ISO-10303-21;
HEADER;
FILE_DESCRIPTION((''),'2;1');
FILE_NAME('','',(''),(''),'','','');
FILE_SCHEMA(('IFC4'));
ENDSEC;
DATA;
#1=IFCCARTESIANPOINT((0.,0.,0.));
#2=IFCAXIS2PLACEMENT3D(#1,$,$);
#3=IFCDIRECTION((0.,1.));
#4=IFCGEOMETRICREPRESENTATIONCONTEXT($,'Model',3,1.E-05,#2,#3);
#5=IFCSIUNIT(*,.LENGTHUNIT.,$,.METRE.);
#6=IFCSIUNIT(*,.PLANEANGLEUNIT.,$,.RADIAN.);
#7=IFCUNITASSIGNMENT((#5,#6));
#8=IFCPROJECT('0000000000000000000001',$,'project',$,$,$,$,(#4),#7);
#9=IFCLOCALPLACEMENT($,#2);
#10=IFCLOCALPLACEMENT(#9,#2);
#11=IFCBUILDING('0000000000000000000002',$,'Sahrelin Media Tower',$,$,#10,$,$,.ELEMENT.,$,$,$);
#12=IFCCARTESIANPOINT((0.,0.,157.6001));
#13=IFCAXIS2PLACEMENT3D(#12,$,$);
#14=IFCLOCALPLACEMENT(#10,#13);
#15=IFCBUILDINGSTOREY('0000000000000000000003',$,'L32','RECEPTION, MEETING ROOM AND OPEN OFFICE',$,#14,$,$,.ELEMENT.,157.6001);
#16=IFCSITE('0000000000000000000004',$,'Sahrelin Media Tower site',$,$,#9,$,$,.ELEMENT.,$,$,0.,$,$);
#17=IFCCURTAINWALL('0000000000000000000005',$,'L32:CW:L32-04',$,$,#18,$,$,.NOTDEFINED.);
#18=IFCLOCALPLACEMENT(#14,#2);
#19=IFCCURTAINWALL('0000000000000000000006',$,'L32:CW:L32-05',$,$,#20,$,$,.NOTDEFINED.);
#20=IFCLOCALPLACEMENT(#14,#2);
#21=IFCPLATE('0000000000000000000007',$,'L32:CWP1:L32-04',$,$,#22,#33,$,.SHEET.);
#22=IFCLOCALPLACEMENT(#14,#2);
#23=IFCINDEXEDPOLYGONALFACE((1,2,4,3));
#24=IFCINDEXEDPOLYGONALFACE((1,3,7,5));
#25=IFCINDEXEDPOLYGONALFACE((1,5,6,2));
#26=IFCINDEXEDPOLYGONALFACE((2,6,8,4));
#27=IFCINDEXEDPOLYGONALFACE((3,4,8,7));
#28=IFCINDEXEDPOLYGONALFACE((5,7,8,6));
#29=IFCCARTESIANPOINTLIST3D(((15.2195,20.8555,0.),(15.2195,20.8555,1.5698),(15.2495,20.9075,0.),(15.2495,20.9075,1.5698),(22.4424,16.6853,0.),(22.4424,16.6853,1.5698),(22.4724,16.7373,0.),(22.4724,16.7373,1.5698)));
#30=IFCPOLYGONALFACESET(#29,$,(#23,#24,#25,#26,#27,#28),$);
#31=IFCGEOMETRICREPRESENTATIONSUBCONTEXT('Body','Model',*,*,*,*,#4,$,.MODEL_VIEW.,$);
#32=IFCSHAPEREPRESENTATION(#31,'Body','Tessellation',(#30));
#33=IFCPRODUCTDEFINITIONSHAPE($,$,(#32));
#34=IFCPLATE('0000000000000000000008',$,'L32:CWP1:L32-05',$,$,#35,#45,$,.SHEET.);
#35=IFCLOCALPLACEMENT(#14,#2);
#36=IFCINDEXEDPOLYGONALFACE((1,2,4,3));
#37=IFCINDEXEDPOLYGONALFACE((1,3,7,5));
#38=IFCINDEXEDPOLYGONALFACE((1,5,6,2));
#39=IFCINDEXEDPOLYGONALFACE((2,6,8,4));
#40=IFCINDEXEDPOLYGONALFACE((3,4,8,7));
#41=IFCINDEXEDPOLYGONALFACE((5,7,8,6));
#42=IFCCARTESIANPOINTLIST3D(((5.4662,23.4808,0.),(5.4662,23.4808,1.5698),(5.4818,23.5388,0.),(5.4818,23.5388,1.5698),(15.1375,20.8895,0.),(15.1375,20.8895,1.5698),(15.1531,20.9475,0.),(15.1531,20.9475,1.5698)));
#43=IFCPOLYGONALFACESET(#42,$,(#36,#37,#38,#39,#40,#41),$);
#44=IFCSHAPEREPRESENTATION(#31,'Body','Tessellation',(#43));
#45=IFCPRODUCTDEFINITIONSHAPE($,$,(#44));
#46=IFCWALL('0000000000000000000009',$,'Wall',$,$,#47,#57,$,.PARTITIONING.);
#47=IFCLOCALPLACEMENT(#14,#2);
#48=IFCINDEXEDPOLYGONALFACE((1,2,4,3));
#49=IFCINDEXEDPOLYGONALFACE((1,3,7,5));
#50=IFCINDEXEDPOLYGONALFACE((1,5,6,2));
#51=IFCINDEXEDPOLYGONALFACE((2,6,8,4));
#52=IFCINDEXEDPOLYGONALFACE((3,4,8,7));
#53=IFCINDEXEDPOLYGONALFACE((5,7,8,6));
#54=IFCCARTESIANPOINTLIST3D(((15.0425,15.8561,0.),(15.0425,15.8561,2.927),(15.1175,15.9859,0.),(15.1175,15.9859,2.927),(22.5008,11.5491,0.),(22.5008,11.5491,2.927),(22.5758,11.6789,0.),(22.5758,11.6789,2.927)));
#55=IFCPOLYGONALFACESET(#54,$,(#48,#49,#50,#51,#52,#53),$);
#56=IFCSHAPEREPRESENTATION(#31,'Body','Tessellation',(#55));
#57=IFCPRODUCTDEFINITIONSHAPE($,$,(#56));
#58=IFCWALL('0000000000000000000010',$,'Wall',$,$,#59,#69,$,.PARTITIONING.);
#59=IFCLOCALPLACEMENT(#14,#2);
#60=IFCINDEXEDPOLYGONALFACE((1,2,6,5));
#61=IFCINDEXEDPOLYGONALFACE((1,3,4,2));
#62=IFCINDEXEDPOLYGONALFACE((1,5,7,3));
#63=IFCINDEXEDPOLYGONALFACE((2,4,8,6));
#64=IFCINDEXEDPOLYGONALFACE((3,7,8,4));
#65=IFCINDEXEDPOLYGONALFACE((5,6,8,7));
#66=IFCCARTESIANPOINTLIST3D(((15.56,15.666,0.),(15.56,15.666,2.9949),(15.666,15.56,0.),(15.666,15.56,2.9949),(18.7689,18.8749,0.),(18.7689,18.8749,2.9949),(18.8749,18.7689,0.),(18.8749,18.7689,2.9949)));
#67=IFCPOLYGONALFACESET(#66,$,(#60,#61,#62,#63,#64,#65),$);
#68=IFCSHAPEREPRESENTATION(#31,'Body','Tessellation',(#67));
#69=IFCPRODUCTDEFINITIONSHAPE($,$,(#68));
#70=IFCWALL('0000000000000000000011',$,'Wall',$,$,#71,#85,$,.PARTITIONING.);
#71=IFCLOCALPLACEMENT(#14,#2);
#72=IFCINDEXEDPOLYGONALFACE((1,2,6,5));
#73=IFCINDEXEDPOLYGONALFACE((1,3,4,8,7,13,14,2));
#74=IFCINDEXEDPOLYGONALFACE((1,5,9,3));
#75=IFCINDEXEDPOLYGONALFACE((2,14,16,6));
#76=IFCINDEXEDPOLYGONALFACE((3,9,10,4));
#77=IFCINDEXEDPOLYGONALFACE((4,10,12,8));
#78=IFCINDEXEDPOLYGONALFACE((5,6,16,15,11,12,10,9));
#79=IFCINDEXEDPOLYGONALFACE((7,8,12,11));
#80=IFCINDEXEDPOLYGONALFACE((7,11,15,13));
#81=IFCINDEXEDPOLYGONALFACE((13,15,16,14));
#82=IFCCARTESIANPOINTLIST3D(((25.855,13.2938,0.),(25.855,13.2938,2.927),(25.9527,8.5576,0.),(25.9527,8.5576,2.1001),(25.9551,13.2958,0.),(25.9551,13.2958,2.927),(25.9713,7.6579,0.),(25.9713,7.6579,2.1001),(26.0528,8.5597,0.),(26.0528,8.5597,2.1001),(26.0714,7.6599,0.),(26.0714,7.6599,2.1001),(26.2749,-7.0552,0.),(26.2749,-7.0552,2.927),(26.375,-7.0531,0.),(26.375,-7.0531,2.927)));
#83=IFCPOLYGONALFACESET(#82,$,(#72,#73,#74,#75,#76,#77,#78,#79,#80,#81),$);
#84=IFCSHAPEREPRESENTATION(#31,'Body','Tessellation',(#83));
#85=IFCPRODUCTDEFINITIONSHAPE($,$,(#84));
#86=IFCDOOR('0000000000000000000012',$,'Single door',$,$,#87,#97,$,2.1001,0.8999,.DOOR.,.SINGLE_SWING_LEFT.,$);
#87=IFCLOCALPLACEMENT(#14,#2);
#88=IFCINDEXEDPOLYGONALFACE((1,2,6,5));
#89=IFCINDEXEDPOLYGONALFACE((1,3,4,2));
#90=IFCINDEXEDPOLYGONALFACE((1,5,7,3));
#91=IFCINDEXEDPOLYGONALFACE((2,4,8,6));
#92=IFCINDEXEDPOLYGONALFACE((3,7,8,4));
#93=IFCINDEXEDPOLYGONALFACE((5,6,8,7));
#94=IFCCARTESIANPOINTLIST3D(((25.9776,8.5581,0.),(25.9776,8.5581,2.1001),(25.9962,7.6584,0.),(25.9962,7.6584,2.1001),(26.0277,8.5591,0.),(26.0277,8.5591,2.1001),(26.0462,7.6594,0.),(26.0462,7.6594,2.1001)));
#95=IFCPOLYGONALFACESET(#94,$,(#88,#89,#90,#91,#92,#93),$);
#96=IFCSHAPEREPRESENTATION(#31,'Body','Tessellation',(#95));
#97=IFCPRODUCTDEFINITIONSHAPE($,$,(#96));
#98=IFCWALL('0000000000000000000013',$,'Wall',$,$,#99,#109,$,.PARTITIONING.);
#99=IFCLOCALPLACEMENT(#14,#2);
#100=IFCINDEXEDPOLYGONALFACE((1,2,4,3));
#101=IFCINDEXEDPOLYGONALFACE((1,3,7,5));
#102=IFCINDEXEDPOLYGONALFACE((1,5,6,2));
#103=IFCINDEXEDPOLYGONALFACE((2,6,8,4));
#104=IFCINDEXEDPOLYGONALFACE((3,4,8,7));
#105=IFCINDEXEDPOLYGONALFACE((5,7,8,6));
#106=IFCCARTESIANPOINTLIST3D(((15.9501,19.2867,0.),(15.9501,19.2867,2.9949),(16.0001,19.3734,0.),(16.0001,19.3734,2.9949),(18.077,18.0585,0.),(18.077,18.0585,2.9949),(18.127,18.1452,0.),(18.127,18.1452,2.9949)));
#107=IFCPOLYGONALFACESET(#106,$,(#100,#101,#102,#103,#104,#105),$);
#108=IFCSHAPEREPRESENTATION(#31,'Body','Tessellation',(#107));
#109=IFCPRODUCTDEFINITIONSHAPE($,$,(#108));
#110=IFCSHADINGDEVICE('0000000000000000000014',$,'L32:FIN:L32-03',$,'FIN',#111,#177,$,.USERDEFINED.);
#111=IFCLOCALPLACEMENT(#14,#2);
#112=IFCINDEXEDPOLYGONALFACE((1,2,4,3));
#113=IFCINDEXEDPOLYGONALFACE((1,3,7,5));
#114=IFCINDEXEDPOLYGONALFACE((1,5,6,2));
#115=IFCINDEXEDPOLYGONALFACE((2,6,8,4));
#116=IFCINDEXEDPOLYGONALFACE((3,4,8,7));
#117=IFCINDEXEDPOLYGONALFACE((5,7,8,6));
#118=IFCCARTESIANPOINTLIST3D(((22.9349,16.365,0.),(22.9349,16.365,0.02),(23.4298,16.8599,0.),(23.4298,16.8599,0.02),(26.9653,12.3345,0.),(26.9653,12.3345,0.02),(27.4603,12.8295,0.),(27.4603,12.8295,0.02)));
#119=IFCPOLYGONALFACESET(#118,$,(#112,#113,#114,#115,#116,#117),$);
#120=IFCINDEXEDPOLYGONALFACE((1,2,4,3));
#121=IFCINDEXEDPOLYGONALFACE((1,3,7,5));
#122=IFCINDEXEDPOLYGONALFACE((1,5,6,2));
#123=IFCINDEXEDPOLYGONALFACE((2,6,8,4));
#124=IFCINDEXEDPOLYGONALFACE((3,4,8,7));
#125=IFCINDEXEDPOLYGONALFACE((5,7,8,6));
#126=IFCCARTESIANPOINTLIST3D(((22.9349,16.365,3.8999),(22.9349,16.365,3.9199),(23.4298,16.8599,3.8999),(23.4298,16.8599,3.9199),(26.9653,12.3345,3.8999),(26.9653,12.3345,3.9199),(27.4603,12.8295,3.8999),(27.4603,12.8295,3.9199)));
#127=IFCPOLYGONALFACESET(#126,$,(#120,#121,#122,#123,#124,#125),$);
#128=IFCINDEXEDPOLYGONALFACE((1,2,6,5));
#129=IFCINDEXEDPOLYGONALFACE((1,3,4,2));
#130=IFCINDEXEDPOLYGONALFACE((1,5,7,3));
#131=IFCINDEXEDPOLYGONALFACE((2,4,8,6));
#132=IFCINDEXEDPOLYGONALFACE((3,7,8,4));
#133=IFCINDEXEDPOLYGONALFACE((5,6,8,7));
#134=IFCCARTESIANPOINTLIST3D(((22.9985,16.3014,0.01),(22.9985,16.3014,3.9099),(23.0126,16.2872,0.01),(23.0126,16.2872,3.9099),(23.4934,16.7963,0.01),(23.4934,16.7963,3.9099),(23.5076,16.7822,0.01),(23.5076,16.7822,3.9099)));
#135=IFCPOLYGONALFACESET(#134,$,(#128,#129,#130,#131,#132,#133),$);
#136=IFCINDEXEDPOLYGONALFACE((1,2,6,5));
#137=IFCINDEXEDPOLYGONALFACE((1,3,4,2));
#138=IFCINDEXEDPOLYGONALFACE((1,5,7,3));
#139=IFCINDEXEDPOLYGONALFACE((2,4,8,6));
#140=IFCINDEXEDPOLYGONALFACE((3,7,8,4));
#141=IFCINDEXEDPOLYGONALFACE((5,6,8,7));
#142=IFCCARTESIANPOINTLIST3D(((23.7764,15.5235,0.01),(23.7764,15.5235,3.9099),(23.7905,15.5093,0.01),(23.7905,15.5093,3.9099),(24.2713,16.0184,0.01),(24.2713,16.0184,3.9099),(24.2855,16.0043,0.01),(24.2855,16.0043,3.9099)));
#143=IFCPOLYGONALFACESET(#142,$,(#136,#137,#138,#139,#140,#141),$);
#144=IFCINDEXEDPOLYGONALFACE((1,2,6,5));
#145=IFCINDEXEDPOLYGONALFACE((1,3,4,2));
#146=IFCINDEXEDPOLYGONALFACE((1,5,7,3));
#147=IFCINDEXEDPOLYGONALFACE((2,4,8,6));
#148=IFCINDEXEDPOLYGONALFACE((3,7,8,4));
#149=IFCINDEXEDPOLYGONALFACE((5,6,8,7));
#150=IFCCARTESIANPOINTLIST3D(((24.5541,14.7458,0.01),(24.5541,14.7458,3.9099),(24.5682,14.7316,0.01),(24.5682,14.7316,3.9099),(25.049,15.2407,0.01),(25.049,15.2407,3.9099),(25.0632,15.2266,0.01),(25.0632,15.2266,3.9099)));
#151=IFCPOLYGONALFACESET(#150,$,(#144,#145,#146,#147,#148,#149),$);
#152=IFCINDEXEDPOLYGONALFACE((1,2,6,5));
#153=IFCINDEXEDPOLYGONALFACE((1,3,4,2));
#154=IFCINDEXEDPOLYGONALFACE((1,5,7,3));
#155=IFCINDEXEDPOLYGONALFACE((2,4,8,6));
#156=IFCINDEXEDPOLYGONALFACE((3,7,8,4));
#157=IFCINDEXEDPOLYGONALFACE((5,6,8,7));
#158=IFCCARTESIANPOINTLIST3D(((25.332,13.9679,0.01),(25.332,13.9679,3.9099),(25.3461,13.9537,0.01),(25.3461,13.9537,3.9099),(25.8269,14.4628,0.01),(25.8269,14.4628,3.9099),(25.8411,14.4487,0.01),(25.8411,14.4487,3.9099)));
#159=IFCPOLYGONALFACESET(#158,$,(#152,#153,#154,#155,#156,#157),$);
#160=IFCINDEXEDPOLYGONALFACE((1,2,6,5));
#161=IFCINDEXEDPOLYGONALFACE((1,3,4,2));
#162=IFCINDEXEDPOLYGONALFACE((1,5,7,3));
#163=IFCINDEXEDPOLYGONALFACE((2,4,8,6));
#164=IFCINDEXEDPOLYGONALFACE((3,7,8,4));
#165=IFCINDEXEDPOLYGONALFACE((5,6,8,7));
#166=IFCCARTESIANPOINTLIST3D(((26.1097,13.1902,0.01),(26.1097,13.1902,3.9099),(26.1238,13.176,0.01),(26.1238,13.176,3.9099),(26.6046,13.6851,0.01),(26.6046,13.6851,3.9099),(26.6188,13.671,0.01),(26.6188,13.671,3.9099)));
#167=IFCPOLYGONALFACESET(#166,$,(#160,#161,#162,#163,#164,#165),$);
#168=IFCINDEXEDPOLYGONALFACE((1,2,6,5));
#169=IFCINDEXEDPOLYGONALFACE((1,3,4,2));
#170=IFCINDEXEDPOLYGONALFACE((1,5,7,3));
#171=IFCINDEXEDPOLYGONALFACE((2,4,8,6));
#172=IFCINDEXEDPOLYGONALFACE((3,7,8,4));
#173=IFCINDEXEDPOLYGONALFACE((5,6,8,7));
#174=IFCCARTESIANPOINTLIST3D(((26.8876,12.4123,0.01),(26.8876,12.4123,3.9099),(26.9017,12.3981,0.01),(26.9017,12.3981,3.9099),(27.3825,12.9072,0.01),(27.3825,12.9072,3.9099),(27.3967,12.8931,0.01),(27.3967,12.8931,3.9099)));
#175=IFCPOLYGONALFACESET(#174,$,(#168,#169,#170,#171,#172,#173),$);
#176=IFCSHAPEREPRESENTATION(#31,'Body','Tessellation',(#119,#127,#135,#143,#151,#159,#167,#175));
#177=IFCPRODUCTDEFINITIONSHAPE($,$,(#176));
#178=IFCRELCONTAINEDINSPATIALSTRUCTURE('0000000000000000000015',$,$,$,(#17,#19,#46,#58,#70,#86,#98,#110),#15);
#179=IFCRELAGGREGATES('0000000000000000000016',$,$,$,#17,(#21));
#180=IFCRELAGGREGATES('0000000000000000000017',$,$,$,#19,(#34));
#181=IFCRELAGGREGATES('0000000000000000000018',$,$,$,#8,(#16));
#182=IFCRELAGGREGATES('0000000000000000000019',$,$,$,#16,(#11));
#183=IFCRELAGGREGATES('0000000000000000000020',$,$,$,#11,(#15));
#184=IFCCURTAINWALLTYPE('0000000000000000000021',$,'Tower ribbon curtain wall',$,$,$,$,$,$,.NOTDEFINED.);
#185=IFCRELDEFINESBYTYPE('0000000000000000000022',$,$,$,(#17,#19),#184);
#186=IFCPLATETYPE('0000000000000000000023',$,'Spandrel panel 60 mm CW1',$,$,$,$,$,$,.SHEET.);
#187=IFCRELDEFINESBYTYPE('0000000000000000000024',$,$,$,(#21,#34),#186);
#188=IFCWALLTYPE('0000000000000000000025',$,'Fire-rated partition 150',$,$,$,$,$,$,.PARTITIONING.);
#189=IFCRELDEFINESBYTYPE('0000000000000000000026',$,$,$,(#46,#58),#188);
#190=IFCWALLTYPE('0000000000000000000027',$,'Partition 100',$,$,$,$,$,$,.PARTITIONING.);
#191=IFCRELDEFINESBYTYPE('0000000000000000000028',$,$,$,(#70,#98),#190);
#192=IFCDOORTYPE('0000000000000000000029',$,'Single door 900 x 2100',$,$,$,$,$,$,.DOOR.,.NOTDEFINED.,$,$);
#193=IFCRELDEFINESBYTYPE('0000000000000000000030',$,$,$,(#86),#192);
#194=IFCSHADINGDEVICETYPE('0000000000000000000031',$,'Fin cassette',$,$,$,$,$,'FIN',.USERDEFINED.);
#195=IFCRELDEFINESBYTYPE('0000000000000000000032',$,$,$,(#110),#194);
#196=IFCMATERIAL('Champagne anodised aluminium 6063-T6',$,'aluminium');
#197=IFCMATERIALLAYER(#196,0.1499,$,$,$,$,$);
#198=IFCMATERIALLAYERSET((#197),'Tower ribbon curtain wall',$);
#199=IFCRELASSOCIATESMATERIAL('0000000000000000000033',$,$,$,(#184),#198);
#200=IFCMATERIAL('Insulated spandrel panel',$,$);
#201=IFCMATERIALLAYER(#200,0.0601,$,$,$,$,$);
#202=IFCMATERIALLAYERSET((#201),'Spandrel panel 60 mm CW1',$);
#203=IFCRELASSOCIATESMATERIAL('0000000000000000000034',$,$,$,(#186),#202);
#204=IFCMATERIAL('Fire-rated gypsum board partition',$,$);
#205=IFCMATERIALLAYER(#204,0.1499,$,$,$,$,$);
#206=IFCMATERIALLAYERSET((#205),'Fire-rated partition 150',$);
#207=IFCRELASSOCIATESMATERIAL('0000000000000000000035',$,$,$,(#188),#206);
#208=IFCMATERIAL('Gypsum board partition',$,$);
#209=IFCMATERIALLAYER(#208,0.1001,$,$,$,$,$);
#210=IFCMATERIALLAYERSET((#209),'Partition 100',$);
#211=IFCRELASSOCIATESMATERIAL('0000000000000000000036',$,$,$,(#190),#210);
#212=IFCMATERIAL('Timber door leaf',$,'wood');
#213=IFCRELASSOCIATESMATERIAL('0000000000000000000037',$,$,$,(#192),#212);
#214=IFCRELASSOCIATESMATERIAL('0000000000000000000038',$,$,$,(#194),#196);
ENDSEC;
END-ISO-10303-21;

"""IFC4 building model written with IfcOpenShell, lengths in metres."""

from ifc_helpers import new_model, si_unit, direction, frame, frame_2d, origin, origin_2d, place, context, subcontext, project, spatial, polyline, rectangle, outline, extrude, material, layer, layer_set, type_object, element, fill, aggregate, save


model = new_model("IFC4")

# Units and contexts
model_context = context("Model", 3, precision=1e-05, world=origin(), true_north=direction((0.0, 1.0)))
body_context = subcontext(model_context, "Body", "Model", "MODEL_VIEW")
ifc_project = project(units=[si_unit("LENGTHUNIT", "METRE"), si_unit("PLANEANGLEUNIT", "RADIAN")], contexts=[model_context])

# Site, building, storey
site_placement = place(None, origin())
site = spatial("IfcSite", under=ifc_project, at=site_placement, Name="Sahrelin Media Tower site", CompositionType="ELEMENT", RefElevation=0.0)
building_placement = place(site_placement, origin())
building = spatial("IfcBuilding", under=site, at=building_placement, Name="Sahrelin Media Tower", CompositionType="ELEMENT")
storey_placement = place(building_placement, frame((0.0, 0.0, 157.6001)))
storey = spatial("IfcBuildingStorey", under=building, at=storey_placement, Name="L32", Description="RECEPTION, MEETING ROOM AND OPEN OFFICE", CompositionType="ELEMENT", Elevation=157.6001)

# Curtain wall
ifc_material_1 = material(Name="Champagne anodised aluminium 6063-T6", Category="aluminium")
ifc_layer_1 = layer(ifc_material_1, 0.1499)
ifc_layer_set_1 = layer_set([ifc_layer_1], Name="Tower ribbon curtain wall")
curtain_wall_type = type_object("IfcCurtainWallType", Name="Tower ribbon curtain wall", PredefinedType="NOTDEFINED", material=ifc_layer_set_1)
curtain_wall_1_placement = place(storey_placement, frame((18.8511, 18.8049, 0.0), z_axis=(0.0, 0.0, 1.0), x_axis=(1.0, 0.0, 0.0)))
curtain_wall_1 = element("IfcCurtainWall", 1, at=curtain_wall_1_placement, inside=storey, type_object=curtain_wall_type, Name="L32:CW:L32-04", PredefinedType="NOTDEFINED")

# Curtain wall
curtain_wall_2_placement = place(storey_placement, frame((10.3123, 22.2236, 0.0), z_axis=(0.0, 0.0, 1.0), x_axis=(1.0, 0.0, 0.0)))
curtain_wall_2 = element("IfcCurtainWall", 2, at=curtain_wall_2_placement, inside=storey, type_object=curtain_wall_type, Name="L32:CW:L32-05", PredefinedType="NOTDEFINED")

# Plates
ifc_material_2 = material(Name="Insulated spandrel panel")
ifc_layer_2 = layer(ifc_material_2, 0.0601)
ifc_layer_set_2 = layer_set([ifc_layer_2], Name="Spandrel panel 60 mm CW1")
plate_type_1 = type_object("IfcPlateType", Name="Spandrel panel 60 mm CW1", PredefinedType="SHEET", material=ifc_layer_set_2)
plate_1_placement = place(storey_placement, frame((22.4724, 16.7373, 0.0), z_axis=(0.500002, 0.866024, 0.0), x_axis=(-0.866024, 0.500002, 0.0)))
plate_1 = element("IfcPlate", 3, at=plate_1_placement, type_object=plate_type_1, Name="L32:CWP1:L32-04", PredefinedType="SHEET", context=body_context, shape_type="SweptSolid", body=[
    extrude(outline(polyline([(0.0, 0.0), (8.3403, 0.0), (8.3403, 1.5698), (0.0, 1.5698), (0.0, 0.0)])), origin(), (0.0, 0.0, -1.0), 0.0601),
])
aggregate(curtain_wall_1, [plate_1])
plate_2_placement = place(storey_placement, frame((15.1531, 20.9475, 0.0), z_axis=(0.258807, 0.965929, 0.0), x_axis=(-0.965929, 0.258807, 0.0)))
plate_2 = element("IfcPlate", 4, at=plate_2_placement, type_object=plate_type_1, Name="L32:CWP1:L32-05", PredefinedType="SHEET", context=body_context, shape_type="SweptSolid", body=[
    extrude(outline(polyline([(0.0, 0.0), (10.0125, 0.0), (10.0125, 1.5698), (0.0, 1.5698), (0.0, 0.0)])), origin(), (0.0, 0.0, -1.0), 0.0601),
])
aggregate(curtain_wall_2, [plate_2])

# Walls
ifc_material_3 = material(Name="Fire-rated gypsum board partition")
ifc_layer_3 = layer(ifc_material_3, 0.1499)
ifc_layer_set_3 = layer_set([ifc_layer_3], Name="Fire-rated partition 150")
wall_type_1 = type_object("IfcWallType", Name="Fire-rated partition 150", PredefinedType="PARTITIONING", material=ifc_layer_set_3)
wall_1_placement = place(storey_placement, frame((15.0801, 15.9209, 0.0), z_axis=(0.0, 0.0, 1.0), x_axis=(0.865982, -0.500075, 0.0)))
element("IfcWall", 5, at=wall_1_placement, inside=storey, type_object=wall_type_1, Name="Wall", PredefinedType="PARTITIONING", context=body_context, shape_type="SweptSolid", body=[
    extrude(rectangle(XDim=8.6125, YDim=0.1499, at=frame_2d((4.3062, 0.0))), origin(), (0.0, 0.0, 1.0), 2.927),
])
wall_2_placement = place(storey_placement, frame((15.613, 15.613, 0.0), z_axis=(0.0, 0.0, 1.0), x_axis=(0.707107, 0.707107, 0.0)))
element("IfcWall", 6, at=wall_2_placement, inside=storey, type_object=wall_type_1, Name="Wall", PredefinedType="PARTITIONING", context=body_context, shape_type="SweptSolid", body=[
    extrude(rectangle(XDim=4.5381, YDim=0.1499, at=frame_2d((2.269, 0.0))), origin(), (0.0, 0.0, 1.0), 2.9949),
])

# Wall, opening, door
ifc_material_4 = material(Name="Gypsum board partition")
ifc_layer_4 = layer(ifc_material_4, 0.1001)
ifc_layer_set_4 = layer_set([ifc_layer_4], Name="Partition 100")
wall_type_2 = type_object("IfcWallType", Name="Partition 100", PredefinedType="PARTITIONING", material=ifc_layer_set_4)
wall_3_placement = place(storey_placement, frame((25.905, 13.2949, 0.0), z_axis=(0.0, 0.0, 1.0), x_axis=(0.020632, -0.999787, 0.0)))
wall_3 = element("IfcWall", 7, at=wall_3_placement, inside=storey, type_object=wall_type_2, Name="Wall", PredefinedType="PARTITIONING", context=body_context, shape_type="SweptSolid", body=[
    extrude(rectangle(XDim=20.3533, YDim=0.1001, at=frame_2d((10.1768, 0.0))), origin(), (0.0, 0.0, 1.0), 2.927),
])
opening_placement = place(wall_3_placement, frame((4.7373, 0.0, 0.0)))
opening = element("IfcOpeningElement", 8, at=opening_placement, cuts=wall_3, PredefinedType="OPENING", context=body_context, shape_type="SweptSolid", body=[
    extrude(rectangle(XDim=0.8999, YDim=2.1001, at=frame_2d((0.45, 1.05))), frame((0.0, 0.05, 0.0), z_axis=(0.0, -1.0, 0.0), x_axis=(1.0, 0.0, 0.0)), (0.0, 0.0, 1.0), 0.1001),
])
ifc_material_5 = material(Name="Timber door leaf", Category="wood")
door_type = type_object("IfcDoorType", Name="Single door 900 x 2100", OperationType="NOTDEFINED", PredefinedType="DOOR", material=ifc_material_5)
door_placement = place(opening_placement, origin())
door = element("IfcDoor", 9, at=door_placement, inside=storey, type_object=door_type, Name="Single door", OperationType="SINGLE_SWING_LEFT", OverallHeight=2.1001, OverallWidth=0.8999, PredefinedType="DOOR", context=body_context, shape_type="SweptSolid", body=[
    extrude(rectangle(XDim=0.8999, YDim=2.1001, at=frame_2d((0.45, 1.05))), frame((0.0, 0.0249, 0.0), z_axis=(0.0, -1.0, 0.0), x_axis=(1.0, 0.0, 0.0)), (0.0, 0.0, 1.0), 0.05),
])
fill(opening, door)

# Wall
wall_4_placement = place(storey_placement, frame((15.9751, 19.3301, 0.0), z_axis=(0.0, 0.0, 1.0), x_axis=(0.865977, -0.500084, 0.0)))
element("IfcWall", 10, at=wall_4_placement, inside=storey, type_object=wall_type_2, Name="Wall", PredefinedType="PARTITIONING", context=body_context, shape_type="SweptSolid", body=[
    extrude(rectangle(XDim=2.4561, YDim=0.1001, at=frame_2d((1.228, 0.0))), origin(), (0.0, 0.0, 1.0), 2.9949),
])

# Shading device
shading_device_type_1 = type_object("IfcShadingDeviceType", Name="Fin cassette", ElementType="FIN", PredefinedType="USERDEFINED", material=ifc_material_1)
placement_1 = place(storey_placement, frame((24.9006, 14.3003, 0.0), z_axis=(0.0, 0.0, 1.0), x_axis=(0.707107, -0.707107, 0.0)))
element("IfcShadingDevice", 11, at=placement_1, inside=storey, type_object=shading_device_type_1, Name="L32:FIN:L32-03", ObjectType="FIN", PredefinedType="USERDEFINED", context=body_context, shape_type="SweptSolid", body=[
    extrude(rectangle(XDim=5.7, YDim=0.7, at=origin_2d()), frame((0.0, 0.4199, 0.0)), (0.0, 0.0, 1.0), 0.02),
    extrude(rectangle(XDim=5.7, YDim=0.7, at=origin_2d()), frame((0.0, 0.4199, 3.8999)), (0.0, 0.0, 1.0), 0.02),
    extrude(rectangle(XDim=0.02, YDim=0.7, at=origin_2d()), frame((-2.75, 0.4199, 0.01), z_axis=(0.0, 0.0, 1.0), x_axis=(1.0, 0.0, 0.0)), (0.0, 0.0, 1.0), 3.8999),
    extrude(rectangle(XDim=0.02, YDim=0.7, at=origin_2d()), frame((-1.6499, 0.4199, 0.01), z_axis=(0.0, 0.0, 1.0), x_axis=(1.0, 0.0, 0.0)), (0.0, 0.0, 1.0), 3.8999),
    extrude(rectangle(XDim=0.02, YDim=0.7, at=origin_2d()), frame((-0.55, 0.4199, 0.01), z_axis=(0.0, 0.0, 1.0), x_axis=(1.0, 0.0, 0.0)), (0.0, 0.0, 1.0), 3.8999),
    extrude(rectangle(XDim=0.02, YDim=0.7, at=origin_2d()), frame((0.55, 0.4199, 0.01), z_axis=(0.0, 0.0, 1.0), x_axis=(1.0, 0.0, 0.0)), (0.0, 0.0, 1.0), 3.8999),
    extrude(rectangle(XDim=0.02, YDim=0.7, at=origin_2d()), frame((1.6499, 0.4199, 0.01), z_axis=(0.0, 0.0, 1.0), x_axis=(1.0, 0.0, 0.0)), (0.0, 0.0, 1.0), 3.8999),
    extrude(rectangle(XDim=0.02, YDim=0.7, at=origin_2d()), frame((2.75, 0.4199, 0.01), z_axis=(0.0, 0.0, 1.0), x_axis=(1.0, 0.0, 0.0)), (0.0, 0.0, 1.0), 3.8999),
])

save(model, "model.ifc")
